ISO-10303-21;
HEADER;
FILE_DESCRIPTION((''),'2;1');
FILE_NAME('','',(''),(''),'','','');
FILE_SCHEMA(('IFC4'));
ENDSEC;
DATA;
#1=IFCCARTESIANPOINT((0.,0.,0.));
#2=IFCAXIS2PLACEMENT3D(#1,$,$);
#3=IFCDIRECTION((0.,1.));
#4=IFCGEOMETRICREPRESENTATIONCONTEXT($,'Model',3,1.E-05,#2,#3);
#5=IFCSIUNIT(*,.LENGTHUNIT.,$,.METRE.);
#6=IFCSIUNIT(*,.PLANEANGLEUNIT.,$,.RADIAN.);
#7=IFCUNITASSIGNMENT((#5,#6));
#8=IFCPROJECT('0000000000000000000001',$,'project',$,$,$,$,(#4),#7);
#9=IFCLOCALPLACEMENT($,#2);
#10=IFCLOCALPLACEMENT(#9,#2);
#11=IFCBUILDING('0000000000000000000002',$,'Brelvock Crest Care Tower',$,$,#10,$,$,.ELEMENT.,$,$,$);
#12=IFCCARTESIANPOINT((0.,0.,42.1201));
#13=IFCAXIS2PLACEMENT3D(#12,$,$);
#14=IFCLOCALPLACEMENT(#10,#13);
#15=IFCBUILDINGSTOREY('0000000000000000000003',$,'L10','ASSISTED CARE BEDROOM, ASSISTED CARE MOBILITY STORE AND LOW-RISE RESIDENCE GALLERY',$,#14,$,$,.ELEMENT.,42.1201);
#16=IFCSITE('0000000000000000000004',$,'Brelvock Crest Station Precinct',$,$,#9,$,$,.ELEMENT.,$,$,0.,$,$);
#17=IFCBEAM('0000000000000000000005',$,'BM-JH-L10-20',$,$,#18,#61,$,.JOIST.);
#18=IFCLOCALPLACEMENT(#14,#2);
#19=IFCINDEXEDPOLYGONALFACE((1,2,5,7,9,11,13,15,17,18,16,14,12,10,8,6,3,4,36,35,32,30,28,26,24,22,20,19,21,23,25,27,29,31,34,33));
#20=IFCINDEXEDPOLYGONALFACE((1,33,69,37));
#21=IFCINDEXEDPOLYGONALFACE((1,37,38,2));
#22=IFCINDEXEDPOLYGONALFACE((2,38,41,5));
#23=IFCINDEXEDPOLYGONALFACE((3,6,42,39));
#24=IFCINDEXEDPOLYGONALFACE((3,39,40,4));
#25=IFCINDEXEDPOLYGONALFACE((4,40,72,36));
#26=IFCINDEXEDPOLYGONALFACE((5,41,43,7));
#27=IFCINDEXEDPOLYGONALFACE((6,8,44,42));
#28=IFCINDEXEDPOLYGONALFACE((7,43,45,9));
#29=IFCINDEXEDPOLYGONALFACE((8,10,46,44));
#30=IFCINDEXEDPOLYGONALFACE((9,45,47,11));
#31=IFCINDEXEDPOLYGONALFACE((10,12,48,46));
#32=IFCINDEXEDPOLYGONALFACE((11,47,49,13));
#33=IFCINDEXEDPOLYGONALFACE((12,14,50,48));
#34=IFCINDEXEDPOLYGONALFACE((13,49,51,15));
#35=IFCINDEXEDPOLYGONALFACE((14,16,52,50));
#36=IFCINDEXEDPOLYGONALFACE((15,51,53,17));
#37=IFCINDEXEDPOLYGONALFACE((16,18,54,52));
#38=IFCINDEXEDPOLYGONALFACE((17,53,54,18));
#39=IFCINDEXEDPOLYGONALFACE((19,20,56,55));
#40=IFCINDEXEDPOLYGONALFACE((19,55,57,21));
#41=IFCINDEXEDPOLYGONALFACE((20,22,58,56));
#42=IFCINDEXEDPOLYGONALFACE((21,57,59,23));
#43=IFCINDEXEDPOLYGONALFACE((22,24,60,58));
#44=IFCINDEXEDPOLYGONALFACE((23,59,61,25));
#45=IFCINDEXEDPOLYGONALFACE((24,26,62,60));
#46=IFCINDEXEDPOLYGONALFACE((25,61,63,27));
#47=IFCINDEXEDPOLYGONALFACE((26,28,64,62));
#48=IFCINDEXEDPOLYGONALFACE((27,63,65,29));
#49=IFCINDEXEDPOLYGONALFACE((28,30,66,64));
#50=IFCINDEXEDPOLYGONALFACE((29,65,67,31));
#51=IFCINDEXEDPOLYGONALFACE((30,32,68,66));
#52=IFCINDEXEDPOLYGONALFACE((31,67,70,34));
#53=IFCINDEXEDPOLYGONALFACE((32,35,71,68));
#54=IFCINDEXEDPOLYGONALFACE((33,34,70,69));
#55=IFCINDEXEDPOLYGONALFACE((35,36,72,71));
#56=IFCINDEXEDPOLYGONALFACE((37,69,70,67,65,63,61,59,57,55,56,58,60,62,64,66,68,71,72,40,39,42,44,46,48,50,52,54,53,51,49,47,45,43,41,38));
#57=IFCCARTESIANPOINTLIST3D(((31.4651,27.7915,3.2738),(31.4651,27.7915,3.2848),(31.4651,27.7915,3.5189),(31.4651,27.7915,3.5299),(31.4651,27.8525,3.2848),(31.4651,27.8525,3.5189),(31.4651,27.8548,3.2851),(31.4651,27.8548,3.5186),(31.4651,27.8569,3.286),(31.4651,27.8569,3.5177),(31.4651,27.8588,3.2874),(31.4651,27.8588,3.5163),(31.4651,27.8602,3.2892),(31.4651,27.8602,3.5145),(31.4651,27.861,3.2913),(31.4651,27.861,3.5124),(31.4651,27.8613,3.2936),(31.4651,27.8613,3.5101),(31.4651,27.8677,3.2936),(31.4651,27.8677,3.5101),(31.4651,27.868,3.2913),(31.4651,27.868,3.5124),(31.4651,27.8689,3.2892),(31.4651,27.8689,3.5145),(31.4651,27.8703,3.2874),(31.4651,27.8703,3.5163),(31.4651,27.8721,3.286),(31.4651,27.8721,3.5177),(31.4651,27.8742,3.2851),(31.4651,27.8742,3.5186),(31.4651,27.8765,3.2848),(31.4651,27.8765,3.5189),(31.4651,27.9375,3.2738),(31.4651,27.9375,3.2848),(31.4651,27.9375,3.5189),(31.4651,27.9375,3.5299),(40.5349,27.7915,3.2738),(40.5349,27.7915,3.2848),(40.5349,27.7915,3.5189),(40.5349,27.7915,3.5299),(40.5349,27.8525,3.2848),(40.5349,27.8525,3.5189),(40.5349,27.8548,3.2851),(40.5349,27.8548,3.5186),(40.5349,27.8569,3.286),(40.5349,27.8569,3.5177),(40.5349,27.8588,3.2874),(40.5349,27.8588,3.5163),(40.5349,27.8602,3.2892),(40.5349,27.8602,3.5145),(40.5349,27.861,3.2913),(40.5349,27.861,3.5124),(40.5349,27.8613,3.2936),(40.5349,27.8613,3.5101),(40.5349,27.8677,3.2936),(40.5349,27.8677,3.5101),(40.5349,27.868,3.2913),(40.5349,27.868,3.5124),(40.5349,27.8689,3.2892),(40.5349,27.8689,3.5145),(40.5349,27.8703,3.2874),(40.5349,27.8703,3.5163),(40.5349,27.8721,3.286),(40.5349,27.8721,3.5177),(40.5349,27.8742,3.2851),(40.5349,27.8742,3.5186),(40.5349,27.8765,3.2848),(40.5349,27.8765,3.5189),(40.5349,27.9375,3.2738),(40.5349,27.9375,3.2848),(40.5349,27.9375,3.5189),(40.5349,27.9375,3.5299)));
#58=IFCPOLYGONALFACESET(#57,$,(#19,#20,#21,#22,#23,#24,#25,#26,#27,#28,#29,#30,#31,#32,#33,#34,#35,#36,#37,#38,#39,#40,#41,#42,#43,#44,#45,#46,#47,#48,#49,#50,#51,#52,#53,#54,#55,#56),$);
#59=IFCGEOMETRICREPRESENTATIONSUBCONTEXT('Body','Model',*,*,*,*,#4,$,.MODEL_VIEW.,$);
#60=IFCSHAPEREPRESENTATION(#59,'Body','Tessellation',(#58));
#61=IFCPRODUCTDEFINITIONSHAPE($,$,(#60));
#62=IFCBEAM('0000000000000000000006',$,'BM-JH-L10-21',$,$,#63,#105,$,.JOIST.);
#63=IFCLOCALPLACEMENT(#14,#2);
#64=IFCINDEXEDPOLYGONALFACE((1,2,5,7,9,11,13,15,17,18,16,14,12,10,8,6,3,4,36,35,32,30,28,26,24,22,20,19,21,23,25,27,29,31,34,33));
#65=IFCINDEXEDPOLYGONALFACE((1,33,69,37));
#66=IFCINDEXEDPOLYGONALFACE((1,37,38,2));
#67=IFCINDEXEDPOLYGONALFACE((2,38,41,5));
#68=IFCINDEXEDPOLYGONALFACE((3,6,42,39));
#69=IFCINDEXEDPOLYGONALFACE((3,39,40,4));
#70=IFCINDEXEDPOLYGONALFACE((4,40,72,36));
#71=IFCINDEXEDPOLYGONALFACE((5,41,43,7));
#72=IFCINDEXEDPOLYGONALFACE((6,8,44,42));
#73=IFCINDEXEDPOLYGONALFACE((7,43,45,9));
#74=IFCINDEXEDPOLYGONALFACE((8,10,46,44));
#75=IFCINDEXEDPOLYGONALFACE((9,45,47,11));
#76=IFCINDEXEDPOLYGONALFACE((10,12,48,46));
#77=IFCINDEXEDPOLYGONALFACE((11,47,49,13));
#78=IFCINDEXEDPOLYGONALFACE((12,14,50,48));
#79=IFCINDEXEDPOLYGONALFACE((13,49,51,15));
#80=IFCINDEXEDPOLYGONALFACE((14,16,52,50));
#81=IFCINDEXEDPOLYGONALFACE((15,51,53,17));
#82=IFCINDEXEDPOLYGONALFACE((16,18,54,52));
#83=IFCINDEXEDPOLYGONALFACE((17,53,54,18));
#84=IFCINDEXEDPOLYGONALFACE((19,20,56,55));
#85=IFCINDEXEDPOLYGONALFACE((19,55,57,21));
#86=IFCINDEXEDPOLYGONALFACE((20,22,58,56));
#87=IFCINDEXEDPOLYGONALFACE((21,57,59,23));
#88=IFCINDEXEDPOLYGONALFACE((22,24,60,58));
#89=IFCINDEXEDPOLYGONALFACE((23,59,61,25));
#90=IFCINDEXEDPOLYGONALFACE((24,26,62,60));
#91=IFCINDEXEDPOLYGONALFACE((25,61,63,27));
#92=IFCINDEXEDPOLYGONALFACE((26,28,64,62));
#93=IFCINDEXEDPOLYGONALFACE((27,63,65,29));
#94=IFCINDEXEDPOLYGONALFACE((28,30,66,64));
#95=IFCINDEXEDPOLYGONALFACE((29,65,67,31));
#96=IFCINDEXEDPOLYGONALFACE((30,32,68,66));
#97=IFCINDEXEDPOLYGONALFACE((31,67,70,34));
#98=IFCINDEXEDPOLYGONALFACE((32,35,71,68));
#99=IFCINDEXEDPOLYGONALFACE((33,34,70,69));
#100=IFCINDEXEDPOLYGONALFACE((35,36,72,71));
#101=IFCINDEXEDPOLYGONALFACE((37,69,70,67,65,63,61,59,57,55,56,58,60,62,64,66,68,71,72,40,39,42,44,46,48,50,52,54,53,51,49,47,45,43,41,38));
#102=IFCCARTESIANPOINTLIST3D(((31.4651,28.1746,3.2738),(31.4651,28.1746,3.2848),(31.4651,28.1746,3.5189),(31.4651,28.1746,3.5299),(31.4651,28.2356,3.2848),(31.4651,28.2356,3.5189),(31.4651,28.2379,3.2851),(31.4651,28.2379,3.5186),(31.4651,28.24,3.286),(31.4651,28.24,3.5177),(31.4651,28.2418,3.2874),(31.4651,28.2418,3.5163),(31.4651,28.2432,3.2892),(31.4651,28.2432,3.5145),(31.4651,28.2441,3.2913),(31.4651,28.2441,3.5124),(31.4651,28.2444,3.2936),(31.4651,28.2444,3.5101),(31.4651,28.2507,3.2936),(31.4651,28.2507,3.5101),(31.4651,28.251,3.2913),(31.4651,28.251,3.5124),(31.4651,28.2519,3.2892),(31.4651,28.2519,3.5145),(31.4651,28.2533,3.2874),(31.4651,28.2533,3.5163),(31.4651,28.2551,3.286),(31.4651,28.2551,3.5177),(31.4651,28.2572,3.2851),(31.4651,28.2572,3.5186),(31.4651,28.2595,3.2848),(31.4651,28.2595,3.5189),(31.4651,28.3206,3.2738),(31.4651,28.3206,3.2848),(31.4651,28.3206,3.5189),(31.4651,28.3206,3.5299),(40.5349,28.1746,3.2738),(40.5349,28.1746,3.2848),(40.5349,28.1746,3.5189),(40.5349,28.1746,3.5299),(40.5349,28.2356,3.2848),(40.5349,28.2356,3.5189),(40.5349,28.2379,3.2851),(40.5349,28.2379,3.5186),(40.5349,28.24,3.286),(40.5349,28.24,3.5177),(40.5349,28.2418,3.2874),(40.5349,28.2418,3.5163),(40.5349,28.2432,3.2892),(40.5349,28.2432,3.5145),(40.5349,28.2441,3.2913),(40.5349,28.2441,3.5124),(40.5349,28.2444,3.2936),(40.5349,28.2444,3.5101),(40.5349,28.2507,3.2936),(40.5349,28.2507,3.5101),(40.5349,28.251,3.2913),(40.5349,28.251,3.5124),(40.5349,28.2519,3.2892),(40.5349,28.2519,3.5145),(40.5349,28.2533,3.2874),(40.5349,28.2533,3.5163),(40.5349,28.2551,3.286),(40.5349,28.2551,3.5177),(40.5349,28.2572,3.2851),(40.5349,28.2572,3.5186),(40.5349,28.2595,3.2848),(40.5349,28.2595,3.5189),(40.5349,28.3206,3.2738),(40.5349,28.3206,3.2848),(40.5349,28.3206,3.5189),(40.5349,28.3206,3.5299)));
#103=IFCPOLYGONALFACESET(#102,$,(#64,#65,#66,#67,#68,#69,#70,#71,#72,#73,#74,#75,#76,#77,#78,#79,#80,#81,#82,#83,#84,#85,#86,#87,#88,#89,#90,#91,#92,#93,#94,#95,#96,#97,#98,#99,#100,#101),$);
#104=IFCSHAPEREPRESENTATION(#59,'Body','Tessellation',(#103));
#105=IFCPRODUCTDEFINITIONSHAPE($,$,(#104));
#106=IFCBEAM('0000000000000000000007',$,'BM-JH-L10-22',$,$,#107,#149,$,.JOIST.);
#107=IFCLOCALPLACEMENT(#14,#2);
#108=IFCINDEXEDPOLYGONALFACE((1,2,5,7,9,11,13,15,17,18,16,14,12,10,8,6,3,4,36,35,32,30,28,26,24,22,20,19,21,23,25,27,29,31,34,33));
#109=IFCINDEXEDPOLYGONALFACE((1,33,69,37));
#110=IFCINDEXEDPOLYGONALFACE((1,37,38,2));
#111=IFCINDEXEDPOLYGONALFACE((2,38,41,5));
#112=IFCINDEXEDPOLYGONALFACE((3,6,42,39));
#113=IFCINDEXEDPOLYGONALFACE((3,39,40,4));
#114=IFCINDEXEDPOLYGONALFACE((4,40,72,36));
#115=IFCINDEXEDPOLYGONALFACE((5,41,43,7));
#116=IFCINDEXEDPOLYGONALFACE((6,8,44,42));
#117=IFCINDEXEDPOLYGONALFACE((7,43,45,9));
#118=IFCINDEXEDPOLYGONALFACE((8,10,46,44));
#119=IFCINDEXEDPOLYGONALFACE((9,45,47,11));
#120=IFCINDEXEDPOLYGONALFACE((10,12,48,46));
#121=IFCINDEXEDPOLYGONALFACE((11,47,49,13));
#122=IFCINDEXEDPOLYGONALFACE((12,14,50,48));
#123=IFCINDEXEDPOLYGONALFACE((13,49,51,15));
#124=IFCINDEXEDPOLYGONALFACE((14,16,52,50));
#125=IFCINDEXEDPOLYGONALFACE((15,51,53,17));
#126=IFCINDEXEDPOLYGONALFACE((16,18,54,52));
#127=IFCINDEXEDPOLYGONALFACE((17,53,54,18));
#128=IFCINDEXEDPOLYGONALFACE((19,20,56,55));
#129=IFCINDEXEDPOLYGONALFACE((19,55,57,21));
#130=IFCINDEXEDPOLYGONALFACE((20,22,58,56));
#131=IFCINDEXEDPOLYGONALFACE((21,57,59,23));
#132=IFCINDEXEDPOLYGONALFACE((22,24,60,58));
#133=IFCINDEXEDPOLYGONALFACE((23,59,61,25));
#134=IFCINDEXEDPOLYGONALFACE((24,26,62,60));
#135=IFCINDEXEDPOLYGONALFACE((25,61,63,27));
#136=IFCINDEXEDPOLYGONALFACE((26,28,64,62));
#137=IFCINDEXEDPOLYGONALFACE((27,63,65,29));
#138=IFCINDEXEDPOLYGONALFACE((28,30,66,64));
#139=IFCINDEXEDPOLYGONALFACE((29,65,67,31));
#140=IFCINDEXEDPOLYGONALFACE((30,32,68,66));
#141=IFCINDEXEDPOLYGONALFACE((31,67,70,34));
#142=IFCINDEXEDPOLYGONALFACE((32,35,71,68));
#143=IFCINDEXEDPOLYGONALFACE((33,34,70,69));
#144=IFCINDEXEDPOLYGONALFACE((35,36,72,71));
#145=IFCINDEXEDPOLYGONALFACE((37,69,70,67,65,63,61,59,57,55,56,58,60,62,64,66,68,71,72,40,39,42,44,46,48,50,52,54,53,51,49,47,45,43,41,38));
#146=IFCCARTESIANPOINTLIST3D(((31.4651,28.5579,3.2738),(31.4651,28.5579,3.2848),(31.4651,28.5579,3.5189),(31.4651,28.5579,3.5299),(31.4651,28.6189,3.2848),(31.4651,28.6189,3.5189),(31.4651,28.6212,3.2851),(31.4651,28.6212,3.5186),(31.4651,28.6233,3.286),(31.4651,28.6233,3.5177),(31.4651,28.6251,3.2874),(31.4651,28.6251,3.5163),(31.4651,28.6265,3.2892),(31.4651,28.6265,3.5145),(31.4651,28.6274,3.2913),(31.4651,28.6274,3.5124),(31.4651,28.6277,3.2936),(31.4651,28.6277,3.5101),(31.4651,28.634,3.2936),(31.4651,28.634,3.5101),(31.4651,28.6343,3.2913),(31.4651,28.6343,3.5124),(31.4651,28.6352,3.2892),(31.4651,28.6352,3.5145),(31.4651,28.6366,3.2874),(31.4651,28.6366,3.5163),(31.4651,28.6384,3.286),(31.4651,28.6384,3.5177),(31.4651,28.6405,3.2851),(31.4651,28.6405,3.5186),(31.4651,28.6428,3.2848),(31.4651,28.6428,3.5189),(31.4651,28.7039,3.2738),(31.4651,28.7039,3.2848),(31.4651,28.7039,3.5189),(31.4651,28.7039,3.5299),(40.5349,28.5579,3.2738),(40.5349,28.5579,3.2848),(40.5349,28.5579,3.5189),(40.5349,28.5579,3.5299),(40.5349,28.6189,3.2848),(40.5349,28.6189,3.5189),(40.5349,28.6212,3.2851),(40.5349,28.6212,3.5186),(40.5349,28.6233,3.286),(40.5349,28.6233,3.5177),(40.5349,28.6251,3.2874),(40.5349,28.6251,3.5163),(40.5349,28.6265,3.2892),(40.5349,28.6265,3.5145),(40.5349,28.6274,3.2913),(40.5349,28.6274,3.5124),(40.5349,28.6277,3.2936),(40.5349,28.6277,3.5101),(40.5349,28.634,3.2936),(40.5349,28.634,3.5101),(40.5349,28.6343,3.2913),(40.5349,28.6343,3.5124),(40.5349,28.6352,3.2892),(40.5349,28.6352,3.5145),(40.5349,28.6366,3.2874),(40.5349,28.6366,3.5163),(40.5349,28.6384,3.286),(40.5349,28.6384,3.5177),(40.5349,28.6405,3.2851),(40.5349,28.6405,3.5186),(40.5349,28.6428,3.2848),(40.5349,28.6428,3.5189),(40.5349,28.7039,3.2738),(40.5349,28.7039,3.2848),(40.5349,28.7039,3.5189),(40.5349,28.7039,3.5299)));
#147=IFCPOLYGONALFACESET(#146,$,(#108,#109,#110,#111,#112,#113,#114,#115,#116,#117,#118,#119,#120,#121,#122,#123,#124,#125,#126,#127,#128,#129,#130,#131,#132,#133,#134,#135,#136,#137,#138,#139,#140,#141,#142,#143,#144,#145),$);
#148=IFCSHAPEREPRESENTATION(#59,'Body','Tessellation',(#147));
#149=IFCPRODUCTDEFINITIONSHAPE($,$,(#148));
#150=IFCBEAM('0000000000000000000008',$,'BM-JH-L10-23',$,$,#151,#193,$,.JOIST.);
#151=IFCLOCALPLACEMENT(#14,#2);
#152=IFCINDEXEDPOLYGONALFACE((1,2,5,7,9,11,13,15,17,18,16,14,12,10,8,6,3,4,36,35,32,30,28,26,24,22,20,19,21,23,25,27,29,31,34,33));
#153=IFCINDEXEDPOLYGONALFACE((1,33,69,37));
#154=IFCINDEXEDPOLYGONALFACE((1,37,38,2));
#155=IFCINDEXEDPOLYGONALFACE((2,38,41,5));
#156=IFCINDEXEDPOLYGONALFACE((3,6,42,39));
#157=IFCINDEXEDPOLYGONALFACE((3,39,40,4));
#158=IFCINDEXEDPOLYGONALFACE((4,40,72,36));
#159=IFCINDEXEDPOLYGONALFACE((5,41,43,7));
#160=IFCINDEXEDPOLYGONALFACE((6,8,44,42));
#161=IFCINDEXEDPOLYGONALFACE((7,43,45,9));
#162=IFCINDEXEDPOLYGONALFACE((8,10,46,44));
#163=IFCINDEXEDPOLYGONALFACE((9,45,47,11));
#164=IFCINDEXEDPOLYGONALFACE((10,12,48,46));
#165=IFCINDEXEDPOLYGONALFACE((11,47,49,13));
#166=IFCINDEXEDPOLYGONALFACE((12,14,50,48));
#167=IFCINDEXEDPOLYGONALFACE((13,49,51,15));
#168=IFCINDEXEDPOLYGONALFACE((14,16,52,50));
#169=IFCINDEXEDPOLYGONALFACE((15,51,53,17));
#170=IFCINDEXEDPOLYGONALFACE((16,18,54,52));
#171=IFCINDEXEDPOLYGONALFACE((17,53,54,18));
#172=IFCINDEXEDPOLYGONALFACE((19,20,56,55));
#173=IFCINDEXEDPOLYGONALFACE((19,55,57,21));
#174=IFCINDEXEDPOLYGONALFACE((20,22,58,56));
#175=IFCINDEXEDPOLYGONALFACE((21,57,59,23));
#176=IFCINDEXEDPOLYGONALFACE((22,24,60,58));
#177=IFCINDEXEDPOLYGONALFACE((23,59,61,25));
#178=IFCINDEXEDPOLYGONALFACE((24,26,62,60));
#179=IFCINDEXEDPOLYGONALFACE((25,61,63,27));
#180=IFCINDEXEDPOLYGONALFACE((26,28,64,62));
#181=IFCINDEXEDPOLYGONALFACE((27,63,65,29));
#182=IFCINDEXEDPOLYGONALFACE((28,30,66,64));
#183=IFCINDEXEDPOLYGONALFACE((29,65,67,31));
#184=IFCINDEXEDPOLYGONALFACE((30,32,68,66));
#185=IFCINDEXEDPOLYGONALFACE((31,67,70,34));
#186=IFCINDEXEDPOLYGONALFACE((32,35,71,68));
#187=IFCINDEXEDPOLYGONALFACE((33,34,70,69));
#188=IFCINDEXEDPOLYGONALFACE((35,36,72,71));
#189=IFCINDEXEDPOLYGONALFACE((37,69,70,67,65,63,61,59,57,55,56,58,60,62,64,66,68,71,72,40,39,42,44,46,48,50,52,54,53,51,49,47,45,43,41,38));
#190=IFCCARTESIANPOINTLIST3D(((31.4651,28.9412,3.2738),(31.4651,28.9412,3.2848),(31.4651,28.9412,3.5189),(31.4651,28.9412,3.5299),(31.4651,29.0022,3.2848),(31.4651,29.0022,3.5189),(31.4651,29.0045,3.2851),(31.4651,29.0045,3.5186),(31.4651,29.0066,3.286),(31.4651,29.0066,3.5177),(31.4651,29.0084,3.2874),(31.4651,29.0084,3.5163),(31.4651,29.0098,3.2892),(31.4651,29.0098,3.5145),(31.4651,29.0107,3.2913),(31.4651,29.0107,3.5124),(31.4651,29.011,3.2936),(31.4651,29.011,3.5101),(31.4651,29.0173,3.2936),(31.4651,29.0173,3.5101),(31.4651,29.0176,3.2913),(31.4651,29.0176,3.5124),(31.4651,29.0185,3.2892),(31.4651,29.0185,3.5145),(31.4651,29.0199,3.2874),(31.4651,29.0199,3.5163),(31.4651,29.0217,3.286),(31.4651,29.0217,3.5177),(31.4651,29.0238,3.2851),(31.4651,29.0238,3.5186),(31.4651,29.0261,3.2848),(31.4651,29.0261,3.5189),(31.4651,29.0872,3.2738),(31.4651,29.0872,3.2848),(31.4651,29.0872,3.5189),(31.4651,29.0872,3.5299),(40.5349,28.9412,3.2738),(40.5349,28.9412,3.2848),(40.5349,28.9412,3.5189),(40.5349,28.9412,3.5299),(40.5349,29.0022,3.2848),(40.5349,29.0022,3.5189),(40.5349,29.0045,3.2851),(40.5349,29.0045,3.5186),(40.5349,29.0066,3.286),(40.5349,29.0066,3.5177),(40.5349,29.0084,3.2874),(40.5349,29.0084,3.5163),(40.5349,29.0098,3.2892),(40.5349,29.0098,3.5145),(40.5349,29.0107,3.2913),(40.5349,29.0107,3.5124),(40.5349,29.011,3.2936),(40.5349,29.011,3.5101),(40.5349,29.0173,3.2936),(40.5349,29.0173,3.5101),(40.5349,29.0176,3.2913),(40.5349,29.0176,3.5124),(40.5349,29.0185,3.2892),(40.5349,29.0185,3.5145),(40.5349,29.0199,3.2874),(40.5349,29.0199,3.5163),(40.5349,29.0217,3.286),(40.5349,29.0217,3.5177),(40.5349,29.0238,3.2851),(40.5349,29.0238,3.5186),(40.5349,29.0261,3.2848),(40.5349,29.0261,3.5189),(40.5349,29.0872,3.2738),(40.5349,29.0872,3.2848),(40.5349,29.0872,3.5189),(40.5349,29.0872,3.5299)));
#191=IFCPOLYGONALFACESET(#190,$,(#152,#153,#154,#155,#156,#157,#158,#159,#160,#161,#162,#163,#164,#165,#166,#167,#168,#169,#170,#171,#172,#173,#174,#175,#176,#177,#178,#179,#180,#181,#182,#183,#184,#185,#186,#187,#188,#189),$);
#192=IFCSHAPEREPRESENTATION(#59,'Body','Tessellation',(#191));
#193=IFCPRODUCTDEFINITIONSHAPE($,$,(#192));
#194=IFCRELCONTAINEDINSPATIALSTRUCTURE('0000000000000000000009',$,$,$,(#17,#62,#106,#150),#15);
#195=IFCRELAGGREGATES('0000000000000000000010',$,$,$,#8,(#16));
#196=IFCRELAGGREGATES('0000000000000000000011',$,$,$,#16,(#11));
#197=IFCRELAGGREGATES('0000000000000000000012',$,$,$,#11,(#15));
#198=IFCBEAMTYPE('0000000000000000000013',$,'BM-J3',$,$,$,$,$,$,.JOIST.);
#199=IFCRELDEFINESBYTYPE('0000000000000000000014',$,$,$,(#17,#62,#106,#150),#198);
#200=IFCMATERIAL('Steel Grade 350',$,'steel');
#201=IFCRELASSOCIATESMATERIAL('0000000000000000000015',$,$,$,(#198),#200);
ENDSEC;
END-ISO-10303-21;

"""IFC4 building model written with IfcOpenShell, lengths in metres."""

from ifc_helpers import new_model, si_unit, direction, frame, origin, origin_2d, place, context, subcontext, project, spatial, i_section, extrude, source, transform, mapped, material, material_profile, profile_set, type_object, element, save


model = new_model("IFC4")

# Units and contexts
model_context = context("Model", 3, precision=1e-05, world=origin(), true_north=direction((0.0, 1.0)))
body_context = subcontext(model_context, "Body", "Model", "MODEL_VIEW")
ifc_project = project(units=[si_unit("LENGTHUNIT", "METRE"), si_unit("PLANEANGLEUNIT", "RADIAN")], contexts=[model_context])

# Site, building, storey
site_placement = place(None, origin())
site = spatial("IfcSite", under=ifc_project, at=site_placement, Name="Brelvock Crest Station Precinct", CompositionType="ELEMENT", RefElevation=0.0)
building_placement = place(site_placement, origin())
building = spatial("IfcBuilding", under=site, at=building_placement, Name="Brelvock Crest Care Tower", CompositionType="ELEMENT")
storey_placement = place(building_placement, frame((0.0, 0.0, 42.1201)))
storey = spatial("IfcBuildingStorey", under=building, at=storey_placement, Name="L10", Description="ASSISTED CARE BEDROOM, ASSISTED CARE MOBILITY STORE AND LOW-RISE RESIDENCE GALLERY", CompositionType="ELEMENT", Elevation=42.1201)

# Beams
ifc_material_1 = material(Name="Steel Grade 350", Category="steel")
ifc_material_profile = material_profile(ifc_material_1, i_section(OverallWidth=0.146, OverallDepth=0.2561, WebThickness=0.0063, FlangeThickness=0.011, FilletRadius=0.0088, at=origin_2d()), Name="250UB37.3")
ifc_profile_set = profile_set([ifc_material_profile], Name="Steel Grade 350")
beam_type = type_object("IfcBeamType", Name="BM-J3", PredefinedType="JOIST", material=ifc_profile_set)
shared_shape_1 = source(origin(), body_context, "Body", "SweptSolid", [
    extrude(i_section(OverallWidth=0.146, OverallDepth=0.2561, WebThickness=0.0063, FlangeThickness=0.011, FilletRadius=0.0088, at=origin_2d()), origin(), (0.0, 0.0, 1.0), 9.0698),
])
for number, where, z_axis, x_axis, name in (
    (1, (31.4651, 27.8645, 3.4019), (1.0, 0.0, 0.0), (0.0, 1.0, 0.0), "BM-JH-L10-20"),
    (2, (31.4651, 28.2476, 3.4019), (1.0, 0.0, 0.0), (0.0, 1.0, 0.0), "BM-JH-L10-21"),
    (3, (31.4651, 28.6309, 3.4019), (1.0, 0.0, 0.0), (0.0, 1.0, 0.0), "BM-JH-L10-22"),
    (4, (31.4651, 29.0142, 3.4019), (1.0, 0.0, 0.0), (0.0, 1.0, 0.0), "BM-JH-L10-23"),
):
    element("IfcBeam", number, at=place(storey_placement, frame(where, z_axis=z_axis, x_axis=x_axis)), inside=storey, type_object=beam_type, Name=name, PredefinedType="JOIST", context=body_context, shape_type="MappedRepresentation", body=[
        mapped(shared_shape_1, transform((0.0, 0.0, 0.0), x_axis=(1.0, 0.0, 0.0), y_axis=(0.0, 1.0, 0.0), z_axis=(0.0, 0.0, 1.0), scale=1.0)),
    ])

save(model, "model.ifc")
